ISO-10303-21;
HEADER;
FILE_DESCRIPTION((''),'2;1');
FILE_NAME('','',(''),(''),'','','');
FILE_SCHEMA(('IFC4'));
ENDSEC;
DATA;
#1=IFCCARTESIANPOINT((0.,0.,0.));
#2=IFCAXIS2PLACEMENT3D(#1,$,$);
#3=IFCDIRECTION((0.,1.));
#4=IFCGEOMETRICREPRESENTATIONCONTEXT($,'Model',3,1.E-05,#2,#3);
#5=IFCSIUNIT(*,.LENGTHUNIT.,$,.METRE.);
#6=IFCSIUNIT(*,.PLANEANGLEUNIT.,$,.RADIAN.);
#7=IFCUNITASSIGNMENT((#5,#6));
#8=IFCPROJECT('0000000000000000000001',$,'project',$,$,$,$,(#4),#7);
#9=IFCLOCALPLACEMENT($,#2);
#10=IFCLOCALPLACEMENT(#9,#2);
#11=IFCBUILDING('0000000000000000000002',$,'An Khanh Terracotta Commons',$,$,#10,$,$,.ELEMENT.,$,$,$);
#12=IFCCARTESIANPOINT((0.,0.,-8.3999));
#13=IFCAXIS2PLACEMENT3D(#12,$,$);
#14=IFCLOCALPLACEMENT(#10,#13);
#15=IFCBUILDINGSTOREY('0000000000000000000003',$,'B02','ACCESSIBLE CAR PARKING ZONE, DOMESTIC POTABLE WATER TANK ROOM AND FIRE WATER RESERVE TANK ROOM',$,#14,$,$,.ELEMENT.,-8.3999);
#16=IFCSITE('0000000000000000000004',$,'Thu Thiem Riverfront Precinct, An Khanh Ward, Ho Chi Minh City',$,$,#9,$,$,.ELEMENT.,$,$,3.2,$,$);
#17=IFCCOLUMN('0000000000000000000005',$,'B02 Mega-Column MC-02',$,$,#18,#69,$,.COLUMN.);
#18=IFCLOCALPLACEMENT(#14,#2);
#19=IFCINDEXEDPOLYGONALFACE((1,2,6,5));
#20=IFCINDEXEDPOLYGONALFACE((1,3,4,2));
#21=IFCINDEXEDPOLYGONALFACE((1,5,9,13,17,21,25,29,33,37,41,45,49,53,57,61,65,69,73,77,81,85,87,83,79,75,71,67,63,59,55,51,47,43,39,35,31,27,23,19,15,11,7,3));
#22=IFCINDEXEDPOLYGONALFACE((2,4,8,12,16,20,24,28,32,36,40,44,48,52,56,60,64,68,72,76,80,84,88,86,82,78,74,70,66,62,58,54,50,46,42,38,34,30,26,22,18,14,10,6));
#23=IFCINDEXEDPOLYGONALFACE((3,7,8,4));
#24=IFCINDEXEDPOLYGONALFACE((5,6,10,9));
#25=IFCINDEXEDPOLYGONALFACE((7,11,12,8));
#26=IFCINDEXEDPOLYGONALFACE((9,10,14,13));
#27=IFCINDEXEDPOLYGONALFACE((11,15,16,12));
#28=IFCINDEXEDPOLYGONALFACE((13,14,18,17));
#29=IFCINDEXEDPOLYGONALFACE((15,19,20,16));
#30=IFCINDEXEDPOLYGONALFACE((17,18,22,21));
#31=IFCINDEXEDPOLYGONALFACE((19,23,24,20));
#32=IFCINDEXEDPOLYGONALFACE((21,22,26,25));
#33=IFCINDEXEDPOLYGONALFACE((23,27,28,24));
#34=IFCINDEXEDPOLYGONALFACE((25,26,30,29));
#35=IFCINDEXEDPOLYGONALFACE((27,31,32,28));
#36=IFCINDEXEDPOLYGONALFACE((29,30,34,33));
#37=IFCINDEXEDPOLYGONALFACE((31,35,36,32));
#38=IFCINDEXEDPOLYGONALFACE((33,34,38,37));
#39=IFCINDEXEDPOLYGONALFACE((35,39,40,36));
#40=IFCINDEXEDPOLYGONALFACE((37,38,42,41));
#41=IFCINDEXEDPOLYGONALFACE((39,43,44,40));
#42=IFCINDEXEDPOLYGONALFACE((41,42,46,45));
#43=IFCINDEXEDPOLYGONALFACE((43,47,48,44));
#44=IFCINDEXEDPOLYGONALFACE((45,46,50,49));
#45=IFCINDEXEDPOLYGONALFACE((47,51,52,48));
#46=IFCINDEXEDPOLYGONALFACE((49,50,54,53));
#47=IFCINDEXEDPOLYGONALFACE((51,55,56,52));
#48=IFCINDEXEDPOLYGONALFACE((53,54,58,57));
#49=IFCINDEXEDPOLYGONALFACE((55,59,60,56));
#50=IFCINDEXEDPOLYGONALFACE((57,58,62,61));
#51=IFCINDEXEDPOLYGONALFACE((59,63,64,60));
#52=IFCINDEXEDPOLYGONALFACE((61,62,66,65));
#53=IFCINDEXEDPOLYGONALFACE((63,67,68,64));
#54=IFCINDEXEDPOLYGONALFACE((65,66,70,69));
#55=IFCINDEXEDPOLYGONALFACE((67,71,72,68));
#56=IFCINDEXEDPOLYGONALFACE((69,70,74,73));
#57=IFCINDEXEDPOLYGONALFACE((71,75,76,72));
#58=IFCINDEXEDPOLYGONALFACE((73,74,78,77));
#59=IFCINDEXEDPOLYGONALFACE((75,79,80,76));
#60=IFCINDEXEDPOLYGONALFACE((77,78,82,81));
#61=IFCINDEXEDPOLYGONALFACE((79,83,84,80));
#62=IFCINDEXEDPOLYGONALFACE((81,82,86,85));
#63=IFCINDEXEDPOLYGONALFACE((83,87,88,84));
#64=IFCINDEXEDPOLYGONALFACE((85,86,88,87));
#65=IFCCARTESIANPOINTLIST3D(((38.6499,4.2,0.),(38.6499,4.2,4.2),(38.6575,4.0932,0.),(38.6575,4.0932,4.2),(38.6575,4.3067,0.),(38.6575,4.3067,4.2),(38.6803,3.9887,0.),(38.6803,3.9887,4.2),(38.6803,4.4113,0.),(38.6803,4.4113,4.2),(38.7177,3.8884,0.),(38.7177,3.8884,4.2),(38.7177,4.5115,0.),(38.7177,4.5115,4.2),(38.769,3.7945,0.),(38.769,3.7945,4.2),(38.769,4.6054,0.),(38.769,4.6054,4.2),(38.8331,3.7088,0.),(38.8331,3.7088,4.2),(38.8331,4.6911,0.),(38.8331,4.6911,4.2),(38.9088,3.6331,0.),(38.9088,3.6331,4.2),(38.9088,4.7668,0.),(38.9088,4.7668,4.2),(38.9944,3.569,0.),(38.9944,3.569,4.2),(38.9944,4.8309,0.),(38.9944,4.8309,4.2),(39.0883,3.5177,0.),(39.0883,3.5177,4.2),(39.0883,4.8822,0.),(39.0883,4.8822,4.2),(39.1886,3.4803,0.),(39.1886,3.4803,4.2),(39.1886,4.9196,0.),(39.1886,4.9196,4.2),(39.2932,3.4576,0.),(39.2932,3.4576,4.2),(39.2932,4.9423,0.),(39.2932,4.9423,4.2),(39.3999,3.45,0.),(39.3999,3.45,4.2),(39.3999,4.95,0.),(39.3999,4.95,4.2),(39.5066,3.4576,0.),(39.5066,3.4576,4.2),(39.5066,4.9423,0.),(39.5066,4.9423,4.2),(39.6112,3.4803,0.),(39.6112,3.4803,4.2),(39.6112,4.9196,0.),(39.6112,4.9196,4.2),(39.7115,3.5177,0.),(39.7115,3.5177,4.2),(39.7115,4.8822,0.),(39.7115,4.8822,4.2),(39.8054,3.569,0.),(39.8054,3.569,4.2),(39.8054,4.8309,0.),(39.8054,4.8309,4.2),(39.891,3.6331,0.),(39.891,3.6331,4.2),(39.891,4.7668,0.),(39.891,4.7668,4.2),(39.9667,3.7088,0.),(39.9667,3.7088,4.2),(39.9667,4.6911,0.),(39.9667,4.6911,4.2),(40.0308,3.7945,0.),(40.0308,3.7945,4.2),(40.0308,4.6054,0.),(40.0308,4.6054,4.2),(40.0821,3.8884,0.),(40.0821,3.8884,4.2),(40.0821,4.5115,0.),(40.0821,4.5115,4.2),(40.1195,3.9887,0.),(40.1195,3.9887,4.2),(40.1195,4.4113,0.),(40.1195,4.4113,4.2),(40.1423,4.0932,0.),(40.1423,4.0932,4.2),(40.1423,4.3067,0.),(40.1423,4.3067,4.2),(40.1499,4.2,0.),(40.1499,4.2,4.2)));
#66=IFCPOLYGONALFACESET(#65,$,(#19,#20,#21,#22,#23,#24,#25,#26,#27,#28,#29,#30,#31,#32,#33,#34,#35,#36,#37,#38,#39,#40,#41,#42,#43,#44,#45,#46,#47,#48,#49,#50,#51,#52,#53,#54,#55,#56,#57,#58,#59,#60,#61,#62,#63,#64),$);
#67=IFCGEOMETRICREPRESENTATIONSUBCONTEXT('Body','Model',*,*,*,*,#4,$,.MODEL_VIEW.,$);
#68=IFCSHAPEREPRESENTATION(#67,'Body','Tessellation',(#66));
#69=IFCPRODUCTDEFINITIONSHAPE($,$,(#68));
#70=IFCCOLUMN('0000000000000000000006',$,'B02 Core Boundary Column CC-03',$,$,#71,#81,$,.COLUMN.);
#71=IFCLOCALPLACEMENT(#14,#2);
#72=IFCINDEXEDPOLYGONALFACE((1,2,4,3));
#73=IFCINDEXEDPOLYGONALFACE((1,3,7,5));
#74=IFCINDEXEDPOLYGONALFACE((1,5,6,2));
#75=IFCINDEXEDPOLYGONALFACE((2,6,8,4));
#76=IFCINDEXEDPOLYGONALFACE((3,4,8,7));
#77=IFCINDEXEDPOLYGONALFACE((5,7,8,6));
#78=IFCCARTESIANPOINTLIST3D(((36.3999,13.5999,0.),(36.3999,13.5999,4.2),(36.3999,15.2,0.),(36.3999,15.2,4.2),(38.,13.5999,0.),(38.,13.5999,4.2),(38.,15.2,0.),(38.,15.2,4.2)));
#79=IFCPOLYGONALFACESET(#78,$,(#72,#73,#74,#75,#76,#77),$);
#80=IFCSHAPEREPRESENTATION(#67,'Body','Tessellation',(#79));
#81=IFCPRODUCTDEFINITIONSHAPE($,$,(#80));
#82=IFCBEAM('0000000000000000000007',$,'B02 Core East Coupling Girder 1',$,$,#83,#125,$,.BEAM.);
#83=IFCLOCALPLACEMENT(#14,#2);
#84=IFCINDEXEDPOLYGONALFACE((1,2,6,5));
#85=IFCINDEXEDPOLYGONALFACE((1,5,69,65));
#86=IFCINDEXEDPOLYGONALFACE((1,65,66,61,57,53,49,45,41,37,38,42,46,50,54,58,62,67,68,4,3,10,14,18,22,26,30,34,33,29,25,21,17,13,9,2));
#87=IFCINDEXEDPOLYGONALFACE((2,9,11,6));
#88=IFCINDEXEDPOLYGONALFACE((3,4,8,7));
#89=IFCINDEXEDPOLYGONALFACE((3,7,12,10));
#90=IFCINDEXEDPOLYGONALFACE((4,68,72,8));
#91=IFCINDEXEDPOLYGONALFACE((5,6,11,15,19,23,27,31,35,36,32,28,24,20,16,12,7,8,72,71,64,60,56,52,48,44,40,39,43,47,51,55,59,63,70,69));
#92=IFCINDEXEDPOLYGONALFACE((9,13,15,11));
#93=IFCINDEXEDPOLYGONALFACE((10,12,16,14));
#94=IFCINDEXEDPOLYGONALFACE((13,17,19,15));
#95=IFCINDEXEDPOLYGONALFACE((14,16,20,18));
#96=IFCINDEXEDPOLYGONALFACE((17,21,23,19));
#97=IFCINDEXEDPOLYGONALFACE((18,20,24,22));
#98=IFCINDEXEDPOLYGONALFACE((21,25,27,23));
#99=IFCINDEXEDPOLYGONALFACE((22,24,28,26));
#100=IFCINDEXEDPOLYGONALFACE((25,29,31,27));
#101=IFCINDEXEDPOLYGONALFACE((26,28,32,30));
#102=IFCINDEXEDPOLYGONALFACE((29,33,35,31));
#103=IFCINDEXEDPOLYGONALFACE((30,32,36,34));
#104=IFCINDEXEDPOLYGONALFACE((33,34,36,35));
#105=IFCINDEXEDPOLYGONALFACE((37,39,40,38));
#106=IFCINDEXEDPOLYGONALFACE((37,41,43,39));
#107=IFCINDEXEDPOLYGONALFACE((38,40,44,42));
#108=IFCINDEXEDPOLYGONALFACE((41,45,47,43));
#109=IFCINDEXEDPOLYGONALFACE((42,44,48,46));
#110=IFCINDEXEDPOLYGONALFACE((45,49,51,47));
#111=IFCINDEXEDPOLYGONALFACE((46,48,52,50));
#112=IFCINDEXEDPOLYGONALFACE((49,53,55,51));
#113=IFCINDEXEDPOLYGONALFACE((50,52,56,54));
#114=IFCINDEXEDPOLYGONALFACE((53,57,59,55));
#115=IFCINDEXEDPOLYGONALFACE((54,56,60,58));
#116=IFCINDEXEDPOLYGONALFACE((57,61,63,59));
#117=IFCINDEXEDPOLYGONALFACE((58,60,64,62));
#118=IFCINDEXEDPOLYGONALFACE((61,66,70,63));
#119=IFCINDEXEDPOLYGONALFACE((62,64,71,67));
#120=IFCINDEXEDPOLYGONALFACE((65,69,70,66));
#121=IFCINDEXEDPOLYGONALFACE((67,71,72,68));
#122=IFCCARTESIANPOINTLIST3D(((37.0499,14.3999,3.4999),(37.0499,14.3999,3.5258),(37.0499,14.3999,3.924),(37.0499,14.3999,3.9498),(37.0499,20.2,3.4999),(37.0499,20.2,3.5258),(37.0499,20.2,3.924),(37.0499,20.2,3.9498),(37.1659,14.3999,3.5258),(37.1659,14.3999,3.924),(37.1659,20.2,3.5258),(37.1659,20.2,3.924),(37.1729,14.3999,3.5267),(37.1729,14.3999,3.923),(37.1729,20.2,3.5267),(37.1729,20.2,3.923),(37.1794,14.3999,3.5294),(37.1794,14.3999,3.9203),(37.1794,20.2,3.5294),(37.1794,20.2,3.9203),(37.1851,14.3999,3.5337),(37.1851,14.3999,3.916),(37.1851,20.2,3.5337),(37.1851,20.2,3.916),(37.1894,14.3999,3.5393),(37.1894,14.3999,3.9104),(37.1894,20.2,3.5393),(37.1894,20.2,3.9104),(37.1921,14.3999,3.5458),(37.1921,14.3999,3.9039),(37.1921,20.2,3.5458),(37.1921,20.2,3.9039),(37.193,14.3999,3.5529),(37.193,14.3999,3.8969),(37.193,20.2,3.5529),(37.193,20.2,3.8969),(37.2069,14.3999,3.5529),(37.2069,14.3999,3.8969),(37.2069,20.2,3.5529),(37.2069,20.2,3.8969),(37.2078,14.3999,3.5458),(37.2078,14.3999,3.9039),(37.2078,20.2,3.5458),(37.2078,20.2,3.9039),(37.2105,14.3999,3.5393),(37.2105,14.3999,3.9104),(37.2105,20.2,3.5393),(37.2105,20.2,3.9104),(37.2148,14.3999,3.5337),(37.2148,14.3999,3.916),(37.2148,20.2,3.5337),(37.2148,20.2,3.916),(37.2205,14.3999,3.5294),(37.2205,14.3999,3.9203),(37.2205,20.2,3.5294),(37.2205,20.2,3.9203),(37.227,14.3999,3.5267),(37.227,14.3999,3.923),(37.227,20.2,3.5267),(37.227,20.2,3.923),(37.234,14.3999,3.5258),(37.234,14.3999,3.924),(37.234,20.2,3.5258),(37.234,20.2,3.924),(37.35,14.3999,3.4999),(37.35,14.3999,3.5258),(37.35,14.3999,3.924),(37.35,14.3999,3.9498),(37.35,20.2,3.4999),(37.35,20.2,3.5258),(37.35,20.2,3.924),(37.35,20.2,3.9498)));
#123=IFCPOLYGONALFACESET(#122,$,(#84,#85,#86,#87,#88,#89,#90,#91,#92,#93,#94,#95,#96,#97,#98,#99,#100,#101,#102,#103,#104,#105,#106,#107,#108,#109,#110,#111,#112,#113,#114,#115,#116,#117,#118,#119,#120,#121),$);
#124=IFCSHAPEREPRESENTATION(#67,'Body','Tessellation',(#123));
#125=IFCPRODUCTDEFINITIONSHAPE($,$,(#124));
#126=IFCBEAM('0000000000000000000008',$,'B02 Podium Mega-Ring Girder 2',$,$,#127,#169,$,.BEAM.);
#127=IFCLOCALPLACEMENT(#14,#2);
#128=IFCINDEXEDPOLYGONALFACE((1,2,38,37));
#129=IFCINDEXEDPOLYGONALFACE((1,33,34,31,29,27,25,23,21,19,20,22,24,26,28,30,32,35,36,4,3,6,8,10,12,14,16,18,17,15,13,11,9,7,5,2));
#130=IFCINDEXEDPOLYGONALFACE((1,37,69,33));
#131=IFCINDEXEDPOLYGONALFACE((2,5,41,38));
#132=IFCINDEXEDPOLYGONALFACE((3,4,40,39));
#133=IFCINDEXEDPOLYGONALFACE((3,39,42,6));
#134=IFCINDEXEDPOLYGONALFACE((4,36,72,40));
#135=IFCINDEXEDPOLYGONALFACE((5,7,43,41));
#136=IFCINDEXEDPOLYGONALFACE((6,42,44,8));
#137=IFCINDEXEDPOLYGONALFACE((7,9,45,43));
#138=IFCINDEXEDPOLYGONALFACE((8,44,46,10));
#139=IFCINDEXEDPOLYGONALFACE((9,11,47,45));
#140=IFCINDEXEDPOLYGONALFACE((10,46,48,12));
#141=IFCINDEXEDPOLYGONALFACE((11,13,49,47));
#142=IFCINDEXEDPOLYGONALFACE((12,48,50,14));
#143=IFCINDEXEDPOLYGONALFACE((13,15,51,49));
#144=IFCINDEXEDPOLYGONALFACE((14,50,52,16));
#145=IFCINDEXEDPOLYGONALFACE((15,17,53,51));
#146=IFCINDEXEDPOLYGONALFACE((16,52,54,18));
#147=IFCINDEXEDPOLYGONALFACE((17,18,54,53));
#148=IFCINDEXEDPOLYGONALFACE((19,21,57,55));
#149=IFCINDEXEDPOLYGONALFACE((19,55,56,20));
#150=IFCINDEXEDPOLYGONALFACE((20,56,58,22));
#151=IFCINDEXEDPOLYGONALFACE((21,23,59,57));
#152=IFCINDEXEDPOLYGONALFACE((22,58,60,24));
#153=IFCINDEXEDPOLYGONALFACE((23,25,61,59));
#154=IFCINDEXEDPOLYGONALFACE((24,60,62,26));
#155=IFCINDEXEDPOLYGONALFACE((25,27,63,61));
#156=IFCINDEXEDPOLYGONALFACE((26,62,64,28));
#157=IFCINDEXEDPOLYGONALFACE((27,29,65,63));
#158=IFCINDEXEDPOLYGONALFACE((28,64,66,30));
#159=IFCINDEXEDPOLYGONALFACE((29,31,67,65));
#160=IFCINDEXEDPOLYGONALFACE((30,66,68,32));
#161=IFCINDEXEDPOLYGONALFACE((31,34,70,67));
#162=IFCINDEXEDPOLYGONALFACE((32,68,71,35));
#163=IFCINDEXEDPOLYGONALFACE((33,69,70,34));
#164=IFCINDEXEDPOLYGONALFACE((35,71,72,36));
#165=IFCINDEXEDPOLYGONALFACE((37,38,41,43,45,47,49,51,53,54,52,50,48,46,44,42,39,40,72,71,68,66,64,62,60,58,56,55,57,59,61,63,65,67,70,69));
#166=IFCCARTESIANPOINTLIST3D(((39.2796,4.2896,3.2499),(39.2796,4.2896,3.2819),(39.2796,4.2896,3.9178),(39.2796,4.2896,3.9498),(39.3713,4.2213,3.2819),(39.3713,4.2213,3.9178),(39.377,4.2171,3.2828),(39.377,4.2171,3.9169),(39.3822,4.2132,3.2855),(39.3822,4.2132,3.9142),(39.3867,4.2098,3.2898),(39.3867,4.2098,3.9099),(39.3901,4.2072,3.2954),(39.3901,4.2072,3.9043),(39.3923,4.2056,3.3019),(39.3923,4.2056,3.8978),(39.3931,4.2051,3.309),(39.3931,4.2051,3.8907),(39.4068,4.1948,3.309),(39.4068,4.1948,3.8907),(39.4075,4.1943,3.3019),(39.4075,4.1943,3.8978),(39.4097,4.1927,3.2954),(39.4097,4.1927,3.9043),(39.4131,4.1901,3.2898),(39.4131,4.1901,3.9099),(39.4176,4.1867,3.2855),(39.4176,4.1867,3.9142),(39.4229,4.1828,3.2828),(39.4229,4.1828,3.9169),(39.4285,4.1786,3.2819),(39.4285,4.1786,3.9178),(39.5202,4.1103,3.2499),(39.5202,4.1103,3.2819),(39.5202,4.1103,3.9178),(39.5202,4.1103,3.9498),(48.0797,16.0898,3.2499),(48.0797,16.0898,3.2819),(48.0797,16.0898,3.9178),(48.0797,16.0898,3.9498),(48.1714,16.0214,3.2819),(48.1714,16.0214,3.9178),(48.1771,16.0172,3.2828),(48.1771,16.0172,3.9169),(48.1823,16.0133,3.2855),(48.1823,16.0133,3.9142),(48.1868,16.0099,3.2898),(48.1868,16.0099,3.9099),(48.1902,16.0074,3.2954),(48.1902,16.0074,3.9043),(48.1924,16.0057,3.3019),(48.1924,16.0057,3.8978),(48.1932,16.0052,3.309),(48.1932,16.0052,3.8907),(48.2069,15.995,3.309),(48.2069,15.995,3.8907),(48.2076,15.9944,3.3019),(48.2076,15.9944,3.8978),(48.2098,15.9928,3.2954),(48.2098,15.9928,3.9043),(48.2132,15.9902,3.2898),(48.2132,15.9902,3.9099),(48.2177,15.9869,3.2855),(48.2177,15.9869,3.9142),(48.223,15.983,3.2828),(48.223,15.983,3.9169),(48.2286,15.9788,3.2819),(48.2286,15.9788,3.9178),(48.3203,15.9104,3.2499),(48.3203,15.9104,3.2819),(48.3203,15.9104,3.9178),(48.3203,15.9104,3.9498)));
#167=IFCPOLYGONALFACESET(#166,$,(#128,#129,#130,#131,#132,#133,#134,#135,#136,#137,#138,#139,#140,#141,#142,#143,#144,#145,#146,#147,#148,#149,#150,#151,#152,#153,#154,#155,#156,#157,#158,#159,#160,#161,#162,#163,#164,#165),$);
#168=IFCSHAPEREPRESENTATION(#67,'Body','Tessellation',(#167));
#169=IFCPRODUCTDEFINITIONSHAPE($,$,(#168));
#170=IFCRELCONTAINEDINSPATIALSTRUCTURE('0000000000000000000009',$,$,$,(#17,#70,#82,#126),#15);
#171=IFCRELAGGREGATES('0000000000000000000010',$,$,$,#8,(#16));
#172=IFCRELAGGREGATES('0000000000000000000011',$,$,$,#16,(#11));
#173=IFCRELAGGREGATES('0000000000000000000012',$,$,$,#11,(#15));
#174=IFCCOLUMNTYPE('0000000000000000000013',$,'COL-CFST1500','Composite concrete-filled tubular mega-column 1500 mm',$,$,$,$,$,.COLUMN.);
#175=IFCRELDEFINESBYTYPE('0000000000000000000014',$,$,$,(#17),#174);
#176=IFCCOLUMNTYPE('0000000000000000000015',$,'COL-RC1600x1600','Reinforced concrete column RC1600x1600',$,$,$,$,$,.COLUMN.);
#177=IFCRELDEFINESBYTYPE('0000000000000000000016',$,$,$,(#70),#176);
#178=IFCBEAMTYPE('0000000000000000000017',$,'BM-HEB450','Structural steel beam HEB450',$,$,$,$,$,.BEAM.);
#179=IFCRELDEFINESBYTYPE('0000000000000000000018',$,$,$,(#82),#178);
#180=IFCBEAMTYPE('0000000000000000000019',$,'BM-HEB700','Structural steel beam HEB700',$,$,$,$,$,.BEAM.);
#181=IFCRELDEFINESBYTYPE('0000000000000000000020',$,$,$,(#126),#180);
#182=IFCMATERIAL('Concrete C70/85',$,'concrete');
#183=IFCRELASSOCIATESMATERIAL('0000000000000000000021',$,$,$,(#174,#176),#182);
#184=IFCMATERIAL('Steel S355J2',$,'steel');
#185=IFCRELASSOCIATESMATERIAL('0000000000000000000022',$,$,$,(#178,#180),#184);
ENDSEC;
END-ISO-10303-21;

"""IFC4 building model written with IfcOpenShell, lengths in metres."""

from ifc_helpers import new_model, si_unit, direction, frame, origin, origin_2d, place, context, subcontext, project, spatial, rectangle, circle, i_section, extrude, material, material_profile, profile_set, type_object, element, save


model = new_model("IFC4")

# Units and contexts
model_context = context("Model", 3, precision=1e-05, world=origin(), true_north=direction((0.0, 1.0)))
body_context = subcontext(model_context, "Body", "Model", "MODEL_VIEW")
ifc_project = project(units=[si_unit("LENGTHUNIT", "METRE"), si_unit("PLANEANGLEUNIT", "RADIAN")], contexts=[model_context])

# Site, building, storey
site_placement = place(None, origin())
site = spatial("IfcSite", under=ifc_project, at=site_placement, Name="Thu Thiem Riverfront Precinct, An Khanh Ward, Ho Chi Minh City", CompositionType="ELEMENT", RefElevation=3.2)
building_placement = place(site_placement, origin())
building = spatial("IfcBuilding", under=site, at=building_placement, Name="An Khanh Terracotta Commons", CompositionType="ELEMENT")
storey_placement = place(building_placement, frame((0.0, 0.0, -8.3999)))
storey = spatial("IfcBuildingStorey", under=building, at=storey_placement, Name="B02", Description="ACCESSIBLE CAR PARKING ZONE, DOMESTIC POTABLE WATER TANK ROOM AND FIRE WATER RESERVE TANK ROOM", CompositionType="ELEMENT", Elevation=-8.3999)

# Columns
ifc_material_1 = material(Name="Concrete C70/85", Category="concrete")
ifc_material_profile_1 = material_profile(ifc_material_1, circle(Radius=0.75, at=origin_2d()), Name="CFST1500")
ifc_profile_set_1 = profile_set([ifc_material_profile_1], Name="Concrete C70/85")
column_type_1 = type_object("IfcColumnType", Name="COL-CFST1500", Description="Composite concrete-filled tubular mega-column 1500 mm", PredefinedType="COLUMN", material=ifc_profile_set_1)
column_1_placement = place(storey_placement, frame((39.3999, 4.2, 0.0), z_axis=(0.0, 0.0, 1.0), x_axis=(1.0, 0.0, 0.0)))
element("IfcColumn", 1, at=column_1_placement, inside=storey, type_object=column_type_1, Name="B02 Mega-Column MC-02", PredefinedType="COLUMN", context=body_context, shape_type="SweptSolid", body=[
    extrude(circle(Radius=0.75, at=origin_2d()), origin(), (0.0, 0.0, 1.0), 4.2),
])
ifc_material_profile_2 = material_profile(ifc_material_1, rectangle(XDim=1.6001, YDim=1.6001, at=origin_2d()), Name="RC1600x1600")
ifc_profile_set_2 = profile_set([ifc_material_profile_2], Name="Concrete C70/85")
column_type_2 = type_object("IfcColumnType", Name="COL-RC1600x1600", Description="Reinforced concrete column RC1600x1600", PredefinedType="COLUMN", material=ifc_profile_set_2)
column_2_placement = place(storey_placement, frame((37.2, 14.3999, 0.0), z_axis=(0.0, 0.0, 1.0), x_axis=(1.0, 0.0, 0.0)))
element("IfcColumn", 2, at=column_2_placement, inside=storey, type_object=column_type_2, Name="B02 Core Boundary Column CC-03", PredefinedType="COLUMN", context=body_context, shape_type="SweptSolid", body=[
    extrude(rectangle(XDim=1.6001, YDim=1.6001, at=origin_2d()), origin(), (0.0, 0.0, 1.0), 4.2),
])

# Beams
ifc_material_2 = material(Name="Steel S355J2", Category="steel")
ifc_material_profile_3 = material_profile(ifc_material_2, i_section(OverallWidth=0.3, OverallDepth=0.45, WebThickness=0.0139, FlangeThickness=0.0259, FilletRadius=0.0271, at=origin_2d()), Name="HEB450")
ifc_profile_set_3 = profile_set([ifc_material_profile_3], Name="Steel S355J2")
beam_type_1 = type_object("IfcBeamType", Name="BM-HEB450", Description="Structural steel beam HEB450", PredefinedType="BEAM", material=ifc_profile_set_3)
beam_1_placement = place(storey_placement, frame((37.2, 14.3999, 3.7249), z_axis=(0.0, 1.0, 0.0), x_axis=(-1.0, 0.0, 0.0)))
element("IfcBeam", 3, at=beam_1_placement, inside=storey, type_object=beam_type_1, Name="B02 Core East Coupling Girder 1", PredefinedType="BEAM", context=body_context, shape_type="SweptSolid", body=[
    extrude(i_section(OverallWidth=0.3, OverallDepth=0.45, WebThickness=0.0139, FlangeThickness=0.0259, FilletRadius=0.0271, at=origin_2d()), origin(), (0.0, 0.0, 1.0), 5.8),
])
ifc_material_profile_4 = material_profile(ifc_material_2, i_section(OverallWidth=0.3, OverallDepth=0.7, WebThickness=0.0171, FlangeThickness=0.032, FilletRadius=0.0271, at=origin_2d()), Name="HEB700")
ifc_profile_set_4 = profile_set([ifc_material_profile_4], Name="Steel S355J2")
beam_type_2 = type_object("IfcBeamType", Name="BM-HEB700", Description="Structural steel beam HEB700", PredefinedType="BEAM", material=ifc_profile_set_4)
beam_2_placement = place(storey_placement, frame((39.3999, 4.2, 3.5999), z_axis=(0.597824, 0.801627, 0.0), x_axis=(-0.801627, 0.597824, 0.0)))
element("IfcBeam", 4, at=beam_2_placement, inside=storey, type_object=beam_type_2, Name="B02 Podium Mega-Ring Girder 2", PredefinedType="BEAM", context=body_context, shape_type="SweptSolid", body=[
    extrude(i_section(OverallWidth=0.3, OverallDepth=0.7, WebThickness=0.0171, FlangeThickness=0.032, FilletRadius=0.0271, at=origin_2d()), origin(), (0.0, 0.0, 1.0), 14.7202),
])

save(model, "model.ifc")
